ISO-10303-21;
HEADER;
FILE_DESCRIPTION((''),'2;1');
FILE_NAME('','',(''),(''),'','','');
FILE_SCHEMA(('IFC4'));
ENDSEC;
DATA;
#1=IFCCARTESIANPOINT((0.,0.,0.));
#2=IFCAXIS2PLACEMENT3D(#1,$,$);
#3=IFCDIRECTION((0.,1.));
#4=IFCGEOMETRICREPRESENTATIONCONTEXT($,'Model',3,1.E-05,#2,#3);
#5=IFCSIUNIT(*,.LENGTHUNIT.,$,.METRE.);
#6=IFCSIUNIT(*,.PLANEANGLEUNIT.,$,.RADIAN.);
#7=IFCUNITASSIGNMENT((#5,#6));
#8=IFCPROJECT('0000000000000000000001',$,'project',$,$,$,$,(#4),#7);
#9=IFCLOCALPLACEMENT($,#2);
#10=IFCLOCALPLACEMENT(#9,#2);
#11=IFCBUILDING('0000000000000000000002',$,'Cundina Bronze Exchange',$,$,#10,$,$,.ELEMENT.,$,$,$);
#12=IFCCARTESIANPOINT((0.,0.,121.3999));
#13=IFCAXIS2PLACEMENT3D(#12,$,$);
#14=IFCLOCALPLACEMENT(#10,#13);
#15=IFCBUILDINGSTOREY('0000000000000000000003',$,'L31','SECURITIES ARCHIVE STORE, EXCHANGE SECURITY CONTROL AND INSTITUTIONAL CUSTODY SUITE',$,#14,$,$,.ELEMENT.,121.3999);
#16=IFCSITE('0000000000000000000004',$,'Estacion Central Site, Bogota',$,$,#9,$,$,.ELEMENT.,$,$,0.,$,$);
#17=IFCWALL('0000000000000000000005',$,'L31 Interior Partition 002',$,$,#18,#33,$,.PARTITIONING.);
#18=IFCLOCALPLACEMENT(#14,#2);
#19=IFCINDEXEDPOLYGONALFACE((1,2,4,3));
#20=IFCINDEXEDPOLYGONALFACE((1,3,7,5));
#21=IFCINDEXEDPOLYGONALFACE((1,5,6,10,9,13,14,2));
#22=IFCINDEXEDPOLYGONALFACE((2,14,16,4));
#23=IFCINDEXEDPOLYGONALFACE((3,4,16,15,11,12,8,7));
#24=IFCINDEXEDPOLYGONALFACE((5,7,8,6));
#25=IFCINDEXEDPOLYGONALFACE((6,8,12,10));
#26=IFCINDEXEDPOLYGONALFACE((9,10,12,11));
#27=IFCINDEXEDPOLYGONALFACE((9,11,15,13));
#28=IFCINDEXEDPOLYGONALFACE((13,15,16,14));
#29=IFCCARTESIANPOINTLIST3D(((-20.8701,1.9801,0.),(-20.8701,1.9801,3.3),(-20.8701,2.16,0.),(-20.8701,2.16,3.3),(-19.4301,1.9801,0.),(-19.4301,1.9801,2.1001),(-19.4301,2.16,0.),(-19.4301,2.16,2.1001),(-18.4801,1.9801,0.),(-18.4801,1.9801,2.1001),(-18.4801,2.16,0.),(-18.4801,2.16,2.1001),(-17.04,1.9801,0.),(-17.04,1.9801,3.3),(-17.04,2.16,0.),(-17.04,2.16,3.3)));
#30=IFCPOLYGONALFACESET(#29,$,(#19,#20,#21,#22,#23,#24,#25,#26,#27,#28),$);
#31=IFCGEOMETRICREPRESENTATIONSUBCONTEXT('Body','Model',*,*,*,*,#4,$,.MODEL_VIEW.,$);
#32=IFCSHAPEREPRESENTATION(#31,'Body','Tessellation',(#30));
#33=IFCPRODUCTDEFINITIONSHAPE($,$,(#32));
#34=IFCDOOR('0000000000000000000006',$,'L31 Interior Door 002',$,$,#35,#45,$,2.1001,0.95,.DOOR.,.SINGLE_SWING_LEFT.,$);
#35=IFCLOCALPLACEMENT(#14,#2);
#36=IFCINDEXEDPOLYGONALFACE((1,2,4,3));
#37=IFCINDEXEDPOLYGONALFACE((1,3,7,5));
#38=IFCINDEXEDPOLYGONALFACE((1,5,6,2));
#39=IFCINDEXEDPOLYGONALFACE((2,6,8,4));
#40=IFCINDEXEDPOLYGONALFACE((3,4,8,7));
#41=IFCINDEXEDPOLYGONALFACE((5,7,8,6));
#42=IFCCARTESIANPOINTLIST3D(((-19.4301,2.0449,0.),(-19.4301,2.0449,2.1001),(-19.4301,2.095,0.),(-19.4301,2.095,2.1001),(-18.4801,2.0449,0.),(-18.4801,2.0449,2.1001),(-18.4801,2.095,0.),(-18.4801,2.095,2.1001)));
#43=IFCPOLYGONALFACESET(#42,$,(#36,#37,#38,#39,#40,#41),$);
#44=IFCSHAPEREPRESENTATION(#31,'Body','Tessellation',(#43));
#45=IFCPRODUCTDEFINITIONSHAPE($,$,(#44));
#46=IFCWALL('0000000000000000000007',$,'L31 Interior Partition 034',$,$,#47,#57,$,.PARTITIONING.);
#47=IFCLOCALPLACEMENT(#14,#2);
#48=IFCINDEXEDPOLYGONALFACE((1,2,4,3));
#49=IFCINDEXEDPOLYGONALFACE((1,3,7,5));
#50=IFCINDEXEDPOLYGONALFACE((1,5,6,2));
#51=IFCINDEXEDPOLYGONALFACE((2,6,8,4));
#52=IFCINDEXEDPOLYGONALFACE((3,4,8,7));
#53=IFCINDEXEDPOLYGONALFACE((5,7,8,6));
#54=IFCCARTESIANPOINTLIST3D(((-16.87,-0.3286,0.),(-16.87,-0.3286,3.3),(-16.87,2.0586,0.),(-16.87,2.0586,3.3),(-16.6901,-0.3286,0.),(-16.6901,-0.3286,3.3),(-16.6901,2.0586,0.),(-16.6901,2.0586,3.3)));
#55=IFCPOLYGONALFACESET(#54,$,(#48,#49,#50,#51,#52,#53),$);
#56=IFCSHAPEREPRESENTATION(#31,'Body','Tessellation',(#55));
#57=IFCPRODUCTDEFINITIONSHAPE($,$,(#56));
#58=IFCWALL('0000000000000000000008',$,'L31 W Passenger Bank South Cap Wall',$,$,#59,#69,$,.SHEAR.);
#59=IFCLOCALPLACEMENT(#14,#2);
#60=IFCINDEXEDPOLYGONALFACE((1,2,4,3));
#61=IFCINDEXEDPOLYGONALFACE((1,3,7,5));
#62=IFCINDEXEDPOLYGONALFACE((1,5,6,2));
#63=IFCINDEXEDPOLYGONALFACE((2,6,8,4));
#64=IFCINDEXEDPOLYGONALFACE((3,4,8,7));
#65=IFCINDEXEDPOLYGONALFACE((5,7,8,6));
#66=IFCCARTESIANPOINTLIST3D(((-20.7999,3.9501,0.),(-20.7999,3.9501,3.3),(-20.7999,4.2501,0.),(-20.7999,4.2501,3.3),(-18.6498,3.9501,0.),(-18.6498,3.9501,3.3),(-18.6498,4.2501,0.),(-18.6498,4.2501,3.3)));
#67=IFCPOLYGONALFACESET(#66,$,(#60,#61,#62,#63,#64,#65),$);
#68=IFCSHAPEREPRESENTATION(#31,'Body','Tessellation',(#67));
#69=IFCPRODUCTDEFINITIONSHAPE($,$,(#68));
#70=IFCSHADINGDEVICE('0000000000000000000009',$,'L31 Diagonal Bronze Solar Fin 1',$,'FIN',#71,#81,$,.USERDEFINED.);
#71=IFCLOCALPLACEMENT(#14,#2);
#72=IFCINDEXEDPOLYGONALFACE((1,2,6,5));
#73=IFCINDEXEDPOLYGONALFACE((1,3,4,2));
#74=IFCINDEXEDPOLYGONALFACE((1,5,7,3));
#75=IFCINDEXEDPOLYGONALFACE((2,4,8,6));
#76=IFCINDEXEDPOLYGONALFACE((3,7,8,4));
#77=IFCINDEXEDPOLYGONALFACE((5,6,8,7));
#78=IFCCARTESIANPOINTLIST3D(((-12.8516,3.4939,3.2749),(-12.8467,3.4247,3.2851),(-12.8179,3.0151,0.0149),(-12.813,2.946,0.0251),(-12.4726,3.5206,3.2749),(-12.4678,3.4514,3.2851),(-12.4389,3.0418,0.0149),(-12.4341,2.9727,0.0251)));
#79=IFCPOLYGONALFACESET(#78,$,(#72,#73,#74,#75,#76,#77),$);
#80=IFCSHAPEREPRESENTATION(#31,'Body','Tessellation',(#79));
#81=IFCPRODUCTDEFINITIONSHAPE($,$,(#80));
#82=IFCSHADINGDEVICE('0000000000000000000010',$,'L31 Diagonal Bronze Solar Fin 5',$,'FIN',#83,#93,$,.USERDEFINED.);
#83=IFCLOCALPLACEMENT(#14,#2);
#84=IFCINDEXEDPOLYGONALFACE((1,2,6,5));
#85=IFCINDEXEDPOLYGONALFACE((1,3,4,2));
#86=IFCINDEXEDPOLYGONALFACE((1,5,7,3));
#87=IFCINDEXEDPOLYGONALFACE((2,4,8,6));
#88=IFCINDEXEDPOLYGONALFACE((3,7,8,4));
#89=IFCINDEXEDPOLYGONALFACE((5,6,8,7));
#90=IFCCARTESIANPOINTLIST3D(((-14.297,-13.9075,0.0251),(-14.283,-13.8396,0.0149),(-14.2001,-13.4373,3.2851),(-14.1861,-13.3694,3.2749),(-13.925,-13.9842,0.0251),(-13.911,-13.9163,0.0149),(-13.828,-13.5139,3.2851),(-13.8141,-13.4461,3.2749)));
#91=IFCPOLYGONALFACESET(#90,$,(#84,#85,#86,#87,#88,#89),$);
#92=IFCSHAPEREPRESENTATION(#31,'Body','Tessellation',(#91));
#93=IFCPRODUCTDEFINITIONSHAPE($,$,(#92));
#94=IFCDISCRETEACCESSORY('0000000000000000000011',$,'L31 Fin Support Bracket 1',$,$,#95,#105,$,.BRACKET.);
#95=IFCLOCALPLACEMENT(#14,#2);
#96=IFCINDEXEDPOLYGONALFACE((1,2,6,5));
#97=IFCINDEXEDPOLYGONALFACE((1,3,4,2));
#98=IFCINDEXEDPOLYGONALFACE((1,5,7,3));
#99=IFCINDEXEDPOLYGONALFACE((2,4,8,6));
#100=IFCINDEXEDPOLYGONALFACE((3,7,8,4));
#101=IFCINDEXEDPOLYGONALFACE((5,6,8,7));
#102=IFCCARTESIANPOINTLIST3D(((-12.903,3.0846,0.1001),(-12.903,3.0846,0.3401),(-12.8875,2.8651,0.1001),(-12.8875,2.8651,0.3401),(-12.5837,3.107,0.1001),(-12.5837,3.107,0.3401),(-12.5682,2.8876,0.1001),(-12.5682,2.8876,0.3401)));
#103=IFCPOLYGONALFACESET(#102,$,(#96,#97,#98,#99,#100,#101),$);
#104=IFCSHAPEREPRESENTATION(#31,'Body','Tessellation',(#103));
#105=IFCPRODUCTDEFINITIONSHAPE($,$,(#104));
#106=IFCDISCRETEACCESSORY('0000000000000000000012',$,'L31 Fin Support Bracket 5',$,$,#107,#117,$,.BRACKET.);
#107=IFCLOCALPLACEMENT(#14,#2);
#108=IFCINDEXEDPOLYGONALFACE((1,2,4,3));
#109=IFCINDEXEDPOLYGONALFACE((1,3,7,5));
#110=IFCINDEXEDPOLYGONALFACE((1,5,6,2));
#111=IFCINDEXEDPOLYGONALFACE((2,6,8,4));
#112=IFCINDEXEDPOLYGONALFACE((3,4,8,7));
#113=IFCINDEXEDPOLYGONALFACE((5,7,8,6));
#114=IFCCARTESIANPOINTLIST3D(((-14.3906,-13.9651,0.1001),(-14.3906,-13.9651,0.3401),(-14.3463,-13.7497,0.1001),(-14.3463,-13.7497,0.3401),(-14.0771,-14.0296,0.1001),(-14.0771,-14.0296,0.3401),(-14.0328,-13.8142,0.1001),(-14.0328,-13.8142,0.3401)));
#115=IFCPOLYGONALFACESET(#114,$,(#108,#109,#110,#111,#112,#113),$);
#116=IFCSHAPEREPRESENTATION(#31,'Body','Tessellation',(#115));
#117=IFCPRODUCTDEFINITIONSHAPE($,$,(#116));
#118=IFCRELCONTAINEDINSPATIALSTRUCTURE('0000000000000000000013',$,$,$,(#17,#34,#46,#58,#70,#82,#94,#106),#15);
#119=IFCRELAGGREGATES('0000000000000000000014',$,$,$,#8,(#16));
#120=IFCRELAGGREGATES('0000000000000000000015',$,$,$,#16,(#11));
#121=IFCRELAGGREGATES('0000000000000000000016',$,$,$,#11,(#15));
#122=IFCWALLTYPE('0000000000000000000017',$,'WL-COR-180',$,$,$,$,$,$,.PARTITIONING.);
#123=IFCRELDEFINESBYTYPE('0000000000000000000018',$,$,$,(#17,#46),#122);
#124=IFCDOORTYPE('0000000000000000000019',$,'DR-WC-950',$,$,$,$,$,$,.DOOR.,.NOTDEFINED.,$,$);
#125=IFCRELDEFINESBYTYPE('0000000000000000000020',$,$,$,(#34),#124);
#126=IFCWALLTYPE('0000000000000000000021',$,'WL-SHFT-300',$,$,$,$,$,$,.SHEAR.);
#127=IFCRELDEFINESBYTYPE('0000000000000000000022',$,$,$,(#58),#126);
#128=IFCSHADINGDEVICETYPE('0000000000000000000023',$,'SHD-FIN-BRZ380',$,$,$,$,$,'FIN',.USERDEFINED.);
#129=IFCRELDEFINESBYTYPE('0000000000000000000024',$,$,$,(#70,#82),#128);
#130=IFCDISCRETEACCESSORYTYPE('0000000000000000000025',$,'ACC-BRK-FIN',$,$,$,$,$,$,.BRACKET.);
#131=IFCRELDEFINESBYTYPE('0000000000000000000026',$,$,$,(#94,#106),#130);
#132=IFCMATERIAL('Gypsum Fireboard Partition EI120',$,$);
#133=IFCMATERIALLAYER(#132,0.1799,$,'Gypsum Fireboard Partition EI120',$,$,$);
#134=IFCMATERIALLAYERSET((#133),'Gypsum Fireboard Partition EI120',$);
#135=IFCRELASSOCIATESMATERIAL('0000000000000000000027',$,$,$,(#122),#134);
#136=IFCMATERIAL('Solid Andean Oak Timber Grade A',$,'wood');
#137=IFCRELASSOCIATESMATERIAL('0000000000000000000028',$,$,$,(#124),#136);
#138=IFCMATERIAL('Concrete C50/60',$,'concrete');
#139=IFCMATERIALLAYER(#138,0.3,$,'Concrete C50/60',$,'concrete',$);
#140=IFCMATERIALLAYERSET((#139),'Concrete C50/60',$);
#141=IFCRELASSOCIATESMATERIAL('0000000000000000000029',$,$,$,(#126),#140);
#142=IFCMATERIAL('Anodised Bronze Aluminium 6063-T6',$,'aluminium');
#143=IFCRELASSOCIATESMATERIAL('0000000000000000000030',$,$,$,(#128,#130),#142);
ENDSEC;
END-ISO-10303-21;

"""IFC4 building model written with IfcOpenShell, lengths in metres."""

from ifc_helpers import new_model, si_unit, direction, frame, frame_2d, origin, origin_2d, place, context, subcontext, project, spatial, rectangle, extrude, material, layer, layer_set, material_profile, profile_set, type_object, element, fill, save


model = new_model("IFC4")

# Units and contexts
model_context = context("Model", 3, precision=1e-05, world=origin(), true_north=direction((0.0, 1.0)))
body_context = subcontext(model_context, "Body", "Model", "MODEL_VIEW")
ifc_project = project(units=[si_unit("LENGTHUNIT", "METRE"), si_unit("PLANEANGLEUNIT", "RADIAN")], contexts=[model_context])

# Site, building, storey
site_placement = place(None, origin())
site = spatial("IfcSite", under=ifc_project, at=site_placement, Name="Estacion Central Site, Bogota", CompositionType="ELEMENT", RefElevation=0.0)
building_placement = place(site_placement, origin())
building = spatial("IfcBuilding", under=site, at=building_placement, Name="Cundina Bronze Exchange", CompositionType="ELEMENT")
storey_placement = place(building_placement, frame((0.0, 0.0, 121.3999)))
storey = spatial("IfcBuildingStorey", under=building, at=storey_placement, Name="L31", Description="SECURITIES ARCHIVE STORE, EXCHANGE SECURITY CONTROL AND INSTITUTIONAL CUSTODY SUITE", CompositionType="ELEMENT", Elevation=121.3999)

# Shared definitions
ifc_material_1 = material(Name="Anodised Bronze Aluminium 6063-T6", Category="aluminium")

# Shared definitions
ifc_material_2 = material(Name="Concrete C50/60", Category="concrete")

# Shared definitions
ifc_material_3 = material(Name="Gypsum Fireboard Partition EI120")
ifc_layer_1 = layer(ifc_material_3, 0.1799, Name="Gypsum Fireboard Partition EI120")
ifc_layer_set_1 = layer_set([ifc_layer_1], Name="Gypsum Fireboard Partition EI120")
wall_type_1 = type_object("IfcWallType", Name="WL-COR-180", PredefinedType="PARTITIONING", material=ifc_layer_set_1)

# Wall, opening, door
wall_1_placement = place(storey_placement, frame((-20.8701, 2.0701, 0.0), z_axis=(0.0, 0.0, 1.0), x_axis=(1.0, 0.0, 0.0)))
wall_1 = element("IfcWall", 1, at=wall_1_placement, inside=storey, type_object=wall_type_1, Name="L31 Interior Partition 002", PredefinedType="PARTITIONING", context=body_context, shape_type="SweptSolid", body=[
    extrude(rectangle(XDim=3.8301, YDim=0.1799, at=frame_2d((1.915, 0.0))), origin(), (0.0, 0.0, 1.0), 3.3),
])
opening_placement = place(wall_1_placement, frame((1.4399, 0.0, 0.0)))
opening = element("IfcOpeningElement", 2, at=opening_placement, cuts=wall_1, PredefinedType="OPENING", context=body_context, shape_type="SweptSolid", body=[
    extrude(rectangle(XDim=0.95, YDim=2.1001, at=frame_2d((0.4751, 1.05))), frame((0.0, 0.0999, 0.0), z_axis=(0.0, -1.0, 0.0), x_axis=(1.0, 0.0, 0.0)), (0.0, 0.0, 1.0), 0.2),
])
ifc_material_4 = material(Name="Solid Andean Oak Timber Grade A", Category="wood")
door_type = type_object("IfcDoorType", Name="DR-WC-950", OperationType="NOTDEFINED", PredefinedType="DOOR", material=ifc_material_4)
door_placement = place(opening_placement, origin())
door = element("IfcDoor", 3, at=door_placement, inside=storey, type_object=door_type, Name="L31 Interior Door 002", OperationType="SINGLE_SWING_LEFT", OverallHeight=2.1001, OverallWidth=0.95, PredefinedType="DOOR", context=body_context, shape_type="SweptSolid", body=[
    extrude(rectangle(XDim=0.95, YDim=2.1001, at=frame_2d((0.4751, 1.05))), frame((0.0, 0.0249, 0.0), z_axis=(0.0, -1.0, 0.0), x_axis=(1.0, 0.0, 0.0)), (0.0, 0.0, 1.0), 0.05),
])
fill(opening, door)

# Walls
wall_2_placement = place(storey_placement, frame((-16.78, -0.3286, 0.0), z_axis=(0.0, 0.0, 1.0), x_axis=(0.0, 1.0, 0.0)))
element("IfcWall", 4, at=wall_2_placement, inside=storey, type_object=wall_type_1, Name="L31 Interior Partition 034", PredefinedType="PARTITIONING", context=body_context, shape_type="SweptSolid", body=[
    extrude(rectangle(XDim=2.3872, YDim=0.1799, at=frame_2d((1.1936, 0.0))), origin(), (0.0, 0.0, 1.0), 3.3),
])
ifc_layer_2 = layer(ifc_material_2, 0.3, Name="Concrete C50/60", Category="concrete")
ifc_layer_set_2 = layer_set([ifc_layer_2], Name="Concrete C50/60")
wall_type_2 = type_object("IfcWallType", Name="WL-SHFT-300", PredefinedType="SHEAR", material=ifc_layer_set_2)
wall_3_placement = place(storey_placement, frame((-20.8, 4.1001, 0.0), z_axis=(0.0, 0.0, 1.0), x_axis=(1.0, 0.0, 0.0)))
element("IfcWall", 5, at=wall_3_placement, inside=storey, type_object=wall_type_2, Name="L31 W Passenger Bank South Cap Wall", PredefinedType="SHEAR", context=body_context, shape_type="SweptSolid", body=[
    extrude(rectangle(XDim=2.1501, YDim=0.3, at=frame_2d((1.0752, 0.0))), origin(), (0.0, 0.0, 1.0), 3.3),
])

# Shading devices
ifc_material_profile_1 = material_profile(ifc_material_1, rectangle(XDim=0.0701, YDim=0.3799, at=origin_2d()), Name="FIN70X380", Category="aluminium")
ifc_profile_set_1 = profile_set([ifc_material_profile_1], Name="Anodised Bronze Aluminium 6063-T6")
shading_device_type = type_object("IfcShadingDeviceType", Name="SHD-FIN-BRZ380", ElementType="FIN", PredefinedType="USERDEFINED", material=ifc_profile_set_1)
for number, where, z_axis, x_axis, name in (
    (6, (-12.626, 2.9939, 0.02), (-0.010225, 0.145292, 0.989336), (0.06945, -0.986895, 0.145652), "L31 Diagonal Bronze Solar Fin 1"),
    (7, (-14.104, -13.9119, 0.02), (0.029414, 0.142698, 0.989329), (-0.199728, -0.968959, 0.145698), "L31 Diagonal Bronze Solar Fin 5"),
):
    element("IfcShadingDevice", number, at=place(storey_placement, frame(where, z_axis=z_axis, x_axis=x_axis)), inside=storey, type_object=shading_device_type, Name=name, ObjectType="FIN", PredefinedType="USERDEFINED", context=body_context, shape_type="SweptSolid", body=[
        extrude(rectangle(XDim=0.0701, YDim=0.3799, at=origin_2d()), origin(), (0.0, 0.0, 1.0), 3.2952),
    ])

# Discrete accessories
discrete_accessory_type = type_object("IfcDiscreteAccessoryType", Name="ACC-BRK-FIN", PredefinedType="BRACKET", material=ifc_material_1)
for number, where, z_axis, x_axis, name in (
    (8, (-12.7356, 2.9861, 0.1001), (0.0, 0.0, 1.0), (-0.070279, 0.997527, 0.0), "L31 Fin Support Bracket 1"),
    (9, (-14.2117, -13.8896, 0.1001), (0.0, 0.0, 1.0), (0.20142, 0.979505, 0.0), "L31 Fin Support Bracket 5"),
):
    element("IfcDiscreteAccessory", number, at=place(storey_placement, frame(where, z_axis=z_axis, x_axis=x_axis)), inside=storey, type_object=discrete_accessory_type, Name=name, PredefinedType="BRACKET", context=body_context, shape_type="SweptSolid", body=[
        extrude(rectangle(XDim=0.22, YDim=0.3201, at=origin_2d()), origin(), (0.0, 0.0, 1.0), 0.24),
    ])

save(model, "model.ifc")
